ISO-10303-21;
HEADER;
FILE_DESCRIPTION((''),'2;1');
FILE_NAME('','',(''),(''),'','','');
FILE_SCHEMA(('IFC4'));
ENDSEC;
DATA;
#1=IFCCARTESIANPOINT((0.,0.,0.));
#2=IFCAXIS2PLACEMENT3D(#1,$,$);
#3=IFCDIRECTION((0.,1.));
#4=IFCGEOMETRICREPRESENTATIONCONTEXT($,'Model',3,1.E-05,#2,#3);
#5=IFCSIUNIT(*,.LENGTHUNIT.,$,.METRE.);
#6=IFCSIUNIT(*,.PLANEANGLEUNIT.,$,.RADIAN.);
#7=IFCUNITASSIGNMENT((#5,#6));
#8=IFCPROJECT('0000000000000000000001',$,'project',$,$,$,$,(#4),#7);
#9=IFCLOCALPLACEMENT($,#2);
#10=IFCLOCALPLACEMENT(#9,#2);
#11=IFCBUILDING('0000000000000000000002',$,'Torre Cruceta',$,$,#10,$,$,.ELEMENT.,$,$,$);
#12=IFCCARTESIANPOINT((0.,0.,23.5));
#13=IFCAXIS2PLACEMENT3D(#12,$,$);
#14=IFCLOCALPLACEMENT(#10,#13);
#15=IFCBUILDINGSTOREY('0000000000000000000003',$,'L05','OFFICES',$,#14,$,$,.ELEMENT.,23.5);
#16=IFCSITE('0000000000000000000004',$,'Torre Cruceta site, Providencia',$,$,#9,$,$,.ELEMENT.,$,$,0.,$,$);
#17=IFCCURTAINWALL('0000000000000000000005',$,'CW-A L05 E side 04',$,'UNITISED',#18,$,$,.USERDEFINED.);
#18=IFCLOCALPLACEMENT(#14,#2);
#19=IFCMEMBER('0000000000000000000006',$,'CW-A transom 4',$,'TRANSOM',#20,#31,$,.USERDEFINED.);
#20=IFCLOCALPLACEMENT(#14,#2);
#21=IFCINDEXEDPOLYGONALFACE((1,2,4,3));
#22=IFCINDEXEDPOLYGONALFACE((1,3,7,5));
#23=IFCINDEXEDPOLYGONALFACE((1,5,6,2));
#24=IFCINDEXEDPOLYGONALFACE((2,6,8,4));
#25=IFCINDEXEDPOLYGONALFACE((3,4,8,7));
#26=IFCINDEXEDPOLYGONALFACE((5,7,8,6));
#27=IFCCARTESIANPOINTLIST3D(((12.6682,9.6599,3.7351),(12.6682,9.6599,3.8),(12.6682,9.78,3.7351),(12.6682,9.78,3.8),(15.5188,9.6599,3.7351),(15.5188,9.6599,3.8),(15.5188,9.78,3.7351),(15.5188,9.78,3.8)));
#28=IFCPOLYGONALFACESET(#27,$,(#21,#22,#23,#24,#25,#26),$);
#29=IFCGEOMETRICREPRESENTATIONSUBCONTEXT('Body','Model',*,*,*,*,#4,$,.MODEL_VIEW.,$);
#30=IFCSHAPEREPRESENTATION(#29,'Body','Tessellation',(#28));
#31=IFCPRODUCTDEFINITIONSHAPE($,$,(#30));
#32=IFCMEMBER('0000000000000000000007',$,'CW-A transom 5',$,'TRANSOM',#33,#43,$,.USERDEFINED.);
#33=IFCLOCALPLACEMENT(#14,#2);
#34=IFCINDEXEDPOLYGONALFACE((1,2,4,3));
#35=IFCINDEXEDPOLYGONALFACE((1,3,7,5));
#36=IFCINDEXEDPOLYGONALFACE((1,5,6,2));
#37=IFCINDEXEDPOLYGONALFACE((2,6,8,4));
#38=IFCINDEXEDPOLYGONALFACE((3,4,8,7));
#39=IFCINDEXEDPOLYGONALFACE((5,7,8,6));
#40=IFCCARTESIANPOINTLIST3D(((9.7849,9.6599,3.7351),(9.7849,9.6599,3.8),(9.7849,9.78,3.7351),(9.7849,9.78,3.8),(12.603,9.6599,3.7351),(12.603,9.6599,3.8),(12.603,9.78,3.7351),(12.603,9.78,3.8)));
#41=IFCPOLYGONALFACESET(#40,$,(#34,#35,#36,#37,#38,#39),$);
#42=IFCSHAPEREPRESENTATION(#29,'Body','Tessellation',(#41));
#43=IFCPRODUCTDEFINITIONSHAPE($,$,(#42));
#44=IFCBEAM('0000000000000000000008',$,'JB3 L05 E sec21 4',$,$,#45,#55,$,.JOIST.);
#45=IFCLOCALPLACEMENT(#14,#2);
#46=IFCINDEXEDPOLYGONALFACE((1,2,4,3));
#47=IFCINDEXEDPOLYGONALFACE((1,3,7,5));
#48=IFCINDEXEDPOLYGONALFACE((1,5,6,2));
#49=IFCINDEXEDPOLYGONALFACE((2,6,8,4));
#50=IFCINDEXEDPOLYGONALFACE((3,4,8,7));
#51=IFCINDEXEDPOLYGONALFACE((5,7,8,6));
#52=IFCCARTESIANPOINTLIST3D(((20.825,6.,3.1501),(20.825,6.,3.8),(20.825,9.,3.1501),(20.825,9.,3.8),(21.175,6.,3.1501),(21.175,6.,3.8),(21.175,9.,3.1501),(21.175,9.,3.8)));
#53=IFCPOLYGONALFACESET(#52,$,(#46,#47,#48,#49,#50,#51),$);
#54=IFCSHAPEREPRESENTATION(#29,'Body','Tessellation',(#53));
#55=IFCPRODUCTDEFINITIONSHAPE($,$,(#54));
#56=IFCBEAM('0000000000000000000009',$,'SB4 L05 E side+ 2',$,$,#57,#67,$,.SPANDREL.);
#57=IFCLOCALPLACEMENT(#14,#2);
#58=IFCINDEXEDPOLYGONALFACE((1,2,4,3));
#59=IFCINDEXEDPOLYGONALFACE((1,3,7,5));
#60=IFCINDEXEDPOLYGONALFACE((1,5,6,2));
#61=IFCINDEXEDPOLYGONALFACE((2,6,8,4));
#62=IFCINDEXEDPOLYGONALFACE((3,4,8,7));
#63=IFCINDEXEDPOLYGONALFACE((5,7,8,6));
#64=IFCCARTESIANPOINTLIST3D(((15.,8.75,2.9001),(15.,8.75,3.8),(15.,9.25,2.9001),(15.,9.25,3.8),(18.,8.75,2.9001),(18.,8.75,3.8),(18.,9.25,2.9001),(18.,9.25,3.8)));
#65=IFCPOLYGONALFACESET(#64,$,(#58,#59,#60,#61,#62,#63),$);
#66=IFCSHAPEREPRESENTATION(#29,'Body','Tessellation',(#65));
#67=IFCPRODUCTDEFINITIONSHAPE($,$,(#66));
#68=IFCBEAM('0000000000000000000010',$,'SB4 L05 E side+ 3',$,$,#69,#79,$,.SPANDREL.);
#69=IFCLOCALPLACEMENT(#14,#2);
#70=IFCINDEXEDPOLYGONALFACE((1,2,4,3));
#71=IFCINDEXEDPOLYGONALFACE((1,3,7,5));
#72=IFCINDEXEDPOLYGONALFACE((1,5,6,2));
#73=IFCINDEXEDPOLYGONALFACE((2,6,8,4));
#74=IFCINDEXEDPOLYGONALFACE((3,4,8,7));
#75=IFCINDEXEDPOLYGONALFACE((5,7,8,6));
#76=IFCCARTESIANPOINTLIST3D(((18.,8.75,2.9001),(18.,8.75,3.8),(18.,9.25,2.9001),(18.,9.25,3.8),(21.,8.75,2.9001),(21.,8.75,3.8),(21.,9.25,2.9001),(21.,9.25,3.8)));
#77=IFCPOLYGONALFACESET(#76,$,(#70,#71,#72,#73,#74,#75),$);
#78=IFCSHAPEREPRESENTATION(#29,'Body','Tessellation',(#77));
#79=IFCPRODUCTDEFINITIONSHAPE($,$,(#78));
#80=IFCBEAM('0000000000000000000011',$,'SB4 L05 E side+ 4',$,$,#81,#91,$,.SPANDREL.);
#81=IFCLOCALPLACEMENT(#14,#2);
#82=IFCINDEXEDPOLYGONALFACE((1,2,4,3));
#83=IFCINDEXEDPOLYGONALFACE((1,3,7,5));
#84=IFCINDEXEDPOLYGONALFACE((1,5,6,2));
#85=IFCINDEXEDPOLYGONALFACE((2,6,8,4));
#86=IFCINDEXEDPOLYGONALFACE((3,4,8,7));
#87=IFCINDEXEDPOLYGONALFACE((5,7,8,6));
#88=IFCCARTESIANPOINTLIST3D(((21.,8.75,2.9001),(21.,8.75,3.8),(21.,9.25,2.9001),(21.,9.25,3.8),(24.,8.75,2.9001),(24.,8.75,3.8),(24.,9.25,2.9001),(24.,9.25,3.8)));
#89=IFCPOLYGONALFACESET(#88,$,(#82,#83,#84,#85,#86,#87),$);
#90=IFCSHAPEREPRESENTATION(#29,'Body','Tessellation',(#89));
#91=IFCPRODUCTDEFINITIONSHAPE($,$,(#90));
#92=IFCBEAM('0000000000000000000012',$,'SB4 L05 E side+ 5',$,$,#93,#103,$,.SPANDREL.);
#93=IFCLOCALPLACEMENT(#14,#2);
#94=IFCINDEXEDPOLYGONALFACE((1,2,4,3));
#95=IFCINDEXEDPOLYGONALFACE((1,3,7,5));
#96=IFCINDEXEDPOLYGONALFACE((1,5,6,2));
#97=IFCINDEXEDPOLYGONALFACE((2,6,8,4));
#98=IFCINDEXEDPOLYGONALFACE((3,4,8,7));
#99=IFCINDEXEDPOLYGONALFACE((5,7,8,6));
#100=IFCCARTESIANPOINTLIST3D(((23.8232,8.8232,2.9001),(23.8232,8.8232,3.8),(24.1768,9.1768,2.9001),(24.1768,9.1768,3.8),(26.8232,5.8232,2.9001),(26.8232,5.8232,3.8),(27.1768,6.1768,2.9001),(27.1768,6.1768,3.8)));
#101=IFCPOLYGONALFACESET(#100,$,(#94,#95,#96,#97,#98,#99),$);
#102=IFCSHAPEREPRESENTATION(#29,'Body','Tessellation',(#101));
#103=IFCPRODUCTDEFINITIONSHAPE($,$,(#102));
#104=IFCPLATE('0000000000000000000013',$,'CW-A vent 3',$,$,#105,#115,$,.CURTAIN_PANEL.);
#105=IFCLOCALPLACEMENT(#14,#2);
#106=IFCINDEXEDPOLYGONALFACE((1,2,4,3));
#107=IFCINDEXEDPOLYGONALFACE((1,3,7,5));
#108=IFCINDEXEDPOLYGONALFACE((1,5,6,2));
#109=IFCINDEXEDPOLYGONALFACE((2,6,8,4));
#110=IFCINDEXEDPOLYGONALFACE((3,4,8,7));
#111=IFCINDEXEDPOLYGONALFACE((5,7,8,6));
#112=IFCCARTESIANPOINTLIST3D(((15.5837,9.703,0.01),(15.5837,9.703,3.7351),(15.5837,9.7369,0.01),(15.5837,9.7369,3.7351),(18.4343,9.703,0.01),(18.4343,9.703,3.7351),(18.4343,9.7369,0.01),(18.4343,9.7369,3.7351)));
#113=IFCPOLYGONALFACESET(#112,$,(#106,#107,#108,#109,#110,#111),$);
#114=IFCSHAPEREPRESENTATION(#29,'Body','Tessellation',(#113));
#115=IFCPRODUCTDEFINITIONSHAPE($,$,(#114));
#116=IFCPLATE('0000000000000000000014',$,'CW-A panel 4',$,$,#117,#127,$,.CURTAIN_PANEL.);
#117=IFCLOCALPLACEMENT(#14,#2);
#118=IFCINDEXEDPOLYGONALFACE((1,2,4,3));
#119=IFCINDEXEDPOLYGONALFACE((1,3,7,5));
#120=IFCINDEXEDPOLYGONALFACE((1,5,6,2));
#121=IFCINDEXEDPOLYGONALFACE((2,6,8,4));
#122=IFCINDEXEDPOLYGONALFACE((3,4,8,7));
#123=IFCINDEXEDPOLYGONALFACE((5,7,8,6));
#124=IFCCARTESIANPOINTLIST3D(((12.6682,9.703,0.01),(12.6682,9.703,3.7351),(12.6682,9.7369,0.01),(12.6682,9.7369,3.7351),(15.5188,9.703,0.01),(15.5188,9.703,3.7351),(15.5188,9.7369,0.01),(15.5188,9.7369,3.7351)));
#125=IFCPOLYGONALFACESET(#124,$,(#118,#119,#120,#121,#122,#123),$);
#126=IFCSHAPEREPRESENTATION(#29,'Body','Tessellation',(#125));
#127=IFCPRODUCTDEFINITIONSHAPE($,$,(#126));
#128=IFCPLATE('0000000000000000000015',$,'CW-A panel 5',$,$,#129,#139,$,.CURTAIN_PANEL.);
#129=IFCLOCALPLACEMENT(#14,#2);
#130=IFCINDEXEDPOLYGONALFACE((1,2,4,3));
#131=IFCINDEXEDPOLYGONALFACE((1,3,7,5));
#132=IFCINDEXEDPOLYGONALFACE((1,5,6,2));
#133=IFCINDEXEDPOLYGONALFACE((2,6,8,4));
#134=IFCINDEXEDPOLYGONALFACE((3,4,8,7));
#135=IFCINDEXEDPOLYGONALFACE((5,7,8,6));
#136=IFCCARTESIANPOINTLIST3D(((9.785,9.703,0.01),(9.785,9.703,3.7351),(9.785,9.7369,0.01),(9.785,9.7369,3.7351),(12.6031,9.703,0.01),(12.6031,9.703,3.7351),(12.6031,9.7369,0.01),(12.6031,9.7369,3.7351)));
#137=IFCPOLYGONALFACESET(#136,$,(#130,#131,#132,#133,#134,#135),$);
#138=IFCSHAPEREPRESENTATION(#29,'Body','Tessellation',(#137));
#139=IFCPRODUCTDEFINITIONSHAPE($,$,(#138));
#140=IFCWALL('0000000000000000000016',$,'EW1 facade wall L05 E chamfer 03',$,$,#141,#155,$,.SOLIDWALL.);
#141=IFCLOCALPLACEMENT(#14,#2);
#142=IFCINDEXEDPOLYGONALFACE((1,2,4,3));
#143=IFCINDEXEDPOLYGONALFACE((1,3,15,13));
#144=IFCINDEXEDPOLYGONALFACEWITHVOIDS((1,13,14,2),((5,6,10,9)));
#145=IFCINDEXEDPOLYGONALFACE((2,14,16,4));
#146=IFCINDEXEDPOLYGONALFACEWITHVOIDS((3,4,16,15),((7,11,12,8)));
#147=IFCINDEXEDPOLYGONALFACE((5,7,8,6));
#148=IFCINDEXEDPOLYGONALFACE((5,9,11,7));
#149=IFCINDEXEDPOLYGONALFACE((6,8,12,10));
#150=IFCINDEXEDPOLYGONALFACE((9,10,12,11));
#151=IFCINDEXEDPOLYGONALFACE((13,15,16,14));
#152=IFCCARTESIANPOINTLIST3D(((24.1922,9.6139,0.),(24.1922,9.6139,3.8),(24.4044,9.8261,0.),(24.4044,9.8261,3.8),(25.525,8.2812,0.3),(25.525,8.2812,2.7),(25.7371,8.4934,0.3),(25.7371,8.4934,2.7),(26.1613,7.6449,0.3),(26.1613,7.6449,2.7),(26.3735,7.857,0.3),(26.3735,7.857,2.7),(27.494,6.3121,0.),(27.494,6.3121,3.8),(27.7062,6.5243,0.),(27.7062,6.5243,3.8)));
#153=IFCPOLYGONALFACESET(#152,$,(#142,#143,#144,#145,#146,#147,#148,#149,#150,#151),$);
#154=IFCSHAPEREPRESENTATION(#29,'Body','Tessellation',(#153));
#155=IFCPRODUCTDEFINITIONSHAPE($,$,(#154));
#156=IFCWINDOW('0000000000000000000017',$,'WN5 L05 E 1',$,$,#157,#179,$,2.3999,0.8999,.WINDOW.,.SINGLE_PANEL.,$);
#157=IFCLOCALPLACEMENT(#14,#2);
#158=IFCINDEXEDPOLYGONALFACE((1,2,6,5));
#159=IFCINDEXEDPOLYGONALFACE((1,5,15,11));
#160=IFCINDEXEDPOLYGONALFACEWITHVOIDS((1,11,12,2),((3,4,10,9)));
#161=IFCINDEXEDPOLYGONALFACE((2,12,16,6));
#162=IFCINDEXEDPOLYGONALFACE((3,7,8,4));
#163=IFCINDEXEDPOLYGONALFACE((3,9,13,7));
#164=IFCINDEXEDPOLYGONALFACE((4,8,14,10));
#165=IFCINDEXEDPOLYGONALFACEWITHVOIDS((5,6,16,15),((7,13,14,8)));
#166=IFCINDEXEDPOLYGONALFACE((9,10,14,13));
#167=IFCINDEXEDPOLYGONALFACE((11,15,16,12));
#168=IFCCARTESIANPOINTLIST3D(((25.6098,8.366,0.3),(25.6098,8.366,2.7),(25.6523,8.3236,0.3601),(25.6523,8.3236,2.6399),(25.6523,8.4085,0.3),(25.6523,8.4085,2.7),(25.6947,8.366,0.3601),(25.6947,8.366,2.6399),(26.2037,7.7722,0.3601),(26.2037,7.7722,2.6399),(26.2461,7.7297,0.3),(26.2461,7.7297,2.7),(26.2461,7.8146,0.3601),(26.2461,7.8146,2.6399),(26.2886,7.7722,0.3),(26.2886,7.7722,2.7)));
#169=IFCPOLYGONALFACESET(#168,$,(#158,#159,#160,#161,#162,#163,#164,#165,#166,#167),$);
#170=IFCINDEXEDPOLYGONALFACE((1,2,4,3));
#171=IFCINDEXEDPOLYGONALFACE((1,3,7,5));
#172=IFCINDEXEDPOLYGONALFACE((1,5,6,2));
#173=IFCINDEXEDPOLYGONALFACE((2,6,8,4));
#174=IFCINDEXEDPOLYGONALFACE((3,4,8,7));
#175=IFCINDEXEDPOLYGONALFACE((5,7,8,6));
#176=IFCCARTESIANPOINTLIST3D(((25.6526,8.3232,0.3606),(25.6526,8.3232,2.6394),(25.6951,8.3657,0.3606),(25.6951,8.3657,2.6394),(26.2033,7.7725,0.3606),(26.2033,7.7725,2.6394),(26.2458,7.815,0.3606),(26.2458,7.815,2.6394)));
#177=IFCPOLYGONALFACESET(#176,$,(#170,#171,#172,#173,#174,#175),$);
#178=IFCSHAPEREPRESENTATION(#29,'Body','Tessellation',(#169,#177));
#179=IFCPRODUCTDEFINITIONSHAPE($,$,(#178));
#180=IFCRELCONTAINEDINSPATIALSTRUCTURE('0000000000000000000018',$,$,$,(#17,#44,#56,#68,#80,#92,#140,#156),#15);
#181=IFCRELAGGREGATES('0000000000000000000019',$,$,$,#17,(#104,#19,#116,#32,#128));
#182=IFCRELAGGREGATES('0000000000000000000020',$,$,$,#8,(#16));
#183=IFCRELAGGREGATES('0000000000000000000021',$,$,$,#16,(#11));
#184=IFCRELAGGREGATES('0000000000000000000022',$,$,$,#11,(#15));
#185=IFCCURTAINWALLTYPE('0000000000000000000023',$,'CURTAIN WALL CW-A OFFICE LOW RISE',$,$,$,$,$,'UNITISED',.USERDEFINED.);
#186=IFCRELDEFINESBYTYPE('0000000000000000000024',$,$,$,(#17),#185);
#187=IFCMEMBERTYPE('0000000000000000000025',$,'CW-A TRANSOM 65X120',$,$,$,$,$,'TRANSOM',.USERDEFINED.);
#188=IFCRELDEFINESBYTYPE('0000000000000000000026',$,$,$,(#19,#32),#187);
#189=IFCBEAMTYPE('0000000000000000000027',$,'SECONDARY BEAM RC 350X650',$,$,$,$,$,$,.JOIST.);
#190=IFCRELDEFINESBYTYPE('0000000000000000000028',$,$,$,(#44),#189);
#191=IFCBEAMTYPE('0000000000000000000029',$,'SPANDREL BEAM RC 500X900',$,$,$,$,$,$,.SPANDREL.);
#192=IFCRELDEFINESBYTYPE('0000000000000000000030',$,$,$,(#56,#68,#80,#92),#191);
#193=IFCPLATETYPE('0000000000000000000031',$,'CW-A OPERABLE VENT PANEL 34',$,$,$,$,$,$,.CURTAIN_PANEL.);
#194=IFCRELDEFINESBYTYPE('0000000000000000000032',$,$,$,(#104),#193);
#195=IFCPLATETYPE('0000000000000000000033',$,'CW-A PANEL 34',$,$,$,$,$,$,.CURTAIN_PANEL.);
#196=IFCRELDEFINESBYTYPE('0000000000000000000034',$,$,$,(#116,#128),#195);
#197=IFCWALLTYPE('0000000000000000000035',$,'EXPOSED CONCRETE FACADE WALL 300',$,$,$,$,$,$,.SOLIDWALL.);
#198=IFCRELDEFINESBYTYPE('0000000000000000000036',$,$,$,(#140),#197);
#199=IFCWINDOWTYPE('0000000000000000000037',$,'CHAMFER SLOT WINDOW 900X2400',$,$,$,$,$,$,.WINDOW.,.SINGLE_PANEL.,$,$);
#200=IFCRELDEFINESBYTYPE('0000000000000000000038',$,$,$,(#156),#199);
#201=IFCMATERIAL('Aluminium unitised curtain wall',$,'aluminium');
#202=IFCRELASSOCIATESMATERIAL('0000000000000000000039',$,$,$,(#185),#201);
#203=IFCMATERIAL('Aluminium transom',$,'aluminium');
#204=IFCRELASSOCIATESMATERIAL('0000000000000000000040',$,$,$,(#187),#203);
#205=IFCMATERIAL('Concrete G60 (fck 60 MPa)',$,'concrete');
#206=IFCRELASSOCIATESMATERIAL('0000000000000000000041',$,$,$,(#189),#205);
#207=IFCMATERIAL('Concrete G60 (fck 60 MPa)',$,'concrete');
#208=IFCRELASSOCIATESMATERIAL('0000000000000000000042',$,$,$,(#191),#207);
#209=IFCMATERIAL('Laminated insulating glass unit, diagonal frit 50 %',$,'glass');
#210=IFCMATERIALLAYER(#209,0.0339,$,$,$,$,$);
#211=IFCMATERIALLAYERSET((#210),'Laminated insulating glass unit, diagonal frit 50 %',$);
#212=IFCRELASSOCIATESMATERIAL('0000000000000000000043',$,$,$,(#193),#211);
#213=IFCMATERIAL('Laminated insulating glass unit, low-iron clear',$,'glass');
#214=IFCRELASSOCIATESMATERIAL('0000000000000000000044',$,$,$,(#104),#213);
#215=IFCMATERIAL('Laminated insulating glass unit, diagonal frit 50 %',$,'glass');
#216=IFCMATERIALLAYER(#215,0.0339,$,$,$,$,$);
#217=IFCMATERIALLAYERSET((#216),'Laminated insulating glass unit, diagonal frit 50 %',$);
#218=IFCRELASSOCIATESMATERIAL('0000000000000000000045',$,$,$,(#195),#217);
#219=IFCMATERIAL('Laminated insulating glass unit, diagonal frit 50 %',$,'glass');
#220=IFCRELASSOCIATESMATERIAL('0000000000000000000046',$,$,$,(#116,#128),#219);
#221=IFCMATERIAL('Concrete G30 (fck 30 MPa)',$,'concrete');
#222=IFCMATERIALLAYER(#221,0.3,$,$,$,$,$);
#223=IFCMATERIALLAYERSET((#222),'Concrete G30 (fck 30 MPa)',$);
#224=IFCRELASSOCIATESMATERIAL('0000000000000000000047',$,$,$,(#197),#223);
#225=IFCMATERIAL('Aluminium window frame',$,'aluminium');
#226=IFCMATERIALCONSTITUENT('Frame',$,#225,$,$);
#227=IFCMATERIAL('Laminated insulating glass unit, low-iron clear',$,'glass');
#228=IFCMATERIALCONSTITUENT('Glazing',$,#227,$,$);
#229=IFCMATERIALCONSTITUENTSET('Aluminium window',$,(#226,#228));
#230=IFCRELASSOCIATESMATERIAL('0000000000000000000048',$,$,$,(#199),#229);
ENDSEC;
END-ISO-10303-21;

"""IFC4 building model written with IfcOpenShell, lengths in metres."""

from ifc_helpers import new_model, si_unit, direction, frame, frame_2d, origin, origin_2d, place, context, subcontext, project, spatial, rectangle, hollow_rectangle, extrude, material, layer, layer_set, constituent, constituent_set, material_profile, profile_set, type_object, element, fill, aggregate, save


model = new_model("IFC4")

# Units and contexts
model_context = context("Model", 3, precision=1e-05, world=origin(), true_north=direction((0.0, 1.0)))
body_context = subcontext(model_context, "Body", "Model", "MODEL_VIEW")
ifc_project = project(units=[si_unit("LENGTHUNIT", "METRE"), si_unit("PLANEANGLEUNIT", "RADIAN")], contexts=[model_context])

# Site, building, storey
site_placement = place(None, origin())
site = spatial("IfcSite", under=ifc_project, at=site_placement, Name="Torre Cruceta site, Providencia", CompositionType="ELEMENT", RefElevation=0.0)
building_placement = place(site_placement, origin())
building = spatial("IfcBuilding", under=site, at=building_placement, Name="Torre Cruceta", CompositionType="ELEMENT")
storey_placement = place(building_placement, frame((0.0, 0.0, 23.5)))
storey = spatial("IfcBuildingStorey", under=building, at=storey_placement, Name="L05", Description="OFFICES", CompositionType="ELEMENT", Elevation=23.5)

# Curtain wall, members
ifc_material_1 = material(Name="Aluminium unitised curtain wall", Category="aluminium")
curtain_wall_type = type_object("IfcCurtainWallType", Name="CURTAIN WALL CW-A OFFICE LOW RISE", ElementType="UNITISED", PredefinedType="USERDEFINED", material=ifc_material_1)
curtain_wall_placement = place(storey_placement, origin())
curtain_wall = element("IfcCurtainWall", 1, at=curtain_wall_placement, inside=storey, type_object=curtain_wall_type, Name="CW-A L05 E side 04", ObjectType="UNITISED", PredefinedType="USERDEFINED")
ifc_material_2 = material(Name="Aluminium transom", Category="aluminium")
ifc_material_profile_1 = material_profile(ifc_material_2, rectangle(XDim=0.1201, YDim=0.0649, at=origin_2d()), Name="AL 120X65")
ifc_profile_set_1 = profile_set([ifc_material_profile_1], Name="Aluminium transom")
member_type_1 = type_object("IfcMemberType", Name="CW-A TRANSOM 65X120", ElementType="TRANSOM", PredefinedType="USERDEFINED", material=ifc_profile_set_1)
member_1_placement = place(storey_placement, frame((15.5188, 9.72, 3.7676), z_axis=(-1.0, 0.0, 0.0), x_axis=(0.0, -1.0, 0.0)))
member_1 = element("IfcMember", 2, at=member_1_placement, type_object=member_type_1, Name="CW-A transom 4", ObjectType="TRANSOM", PredefinedType="USERDEFINED", context=body_context, shape_type="SweptSolid", body=[
    extrude(rectangle(XDim=0.1201, YDim=0.0649, at=origin_2d()), origin(), (0.0, 0.0, 1.0), 2.8506),
])
member_2_placement = place(storey_placement, frame((12.603, 9.72, 3.7676), z_axis=(-1.0, 0.0, 0.0), x_axis=(0.0, -1.0, 0.0)))
member_2 = element("IfcMember", 3, at=member_2_placement, type_object=member_type_1, Name="CW-A transom 5", ObjectType="TRANSOM", PredefinedType="USERDEFINED", context=body_context, shape_type="SweptSolid", body=[
    extrude(rectangle(XDim=0.1201, YDim=0.0649, at=origin_2d()), origin(), (0.0, 0.0, 1.0), 2.8181),
])

# Beams
ifc_material_3 = material(Name="Concrete G60 (fck 60 MPa)", Category="concrete")
ifc_material_profile_2 = material_profile(ifc_material_3, rectangle(XDim=0.3501, YDim=0.6499, at=origin_2d()), Name="RC 350X650")
ifc_profile_set_2 = profile_set([ifc_material_profile_2], Name="Concrete G60 (fck 60 MPa)")
beam_type_1 = type_object("IfcBeamType", Name="SECONDARY BEAM RC 350X650", PredefinedType="JOIST", material=ifc_profile_set_2)
beam_1_placement = place(storey_placement, frame((21.0, 6.0, 3.4751), z_axis=(0.0, 1.0, 0.0), x_axis=(-1.0, 0.0, 0.0)))
element("IfcBeam", 4, at=beam_1_placement, inside=storey, type_object=beam_type_1, Name="JB3 L05 E sec21 4", PredefinedType="JOIST", context=body_context, shape_type="SweptSolid", body=[
    extrude(rectangle(XDim=0.3501, YDim=0.6499, at=origin_2d()), origin(), (0.0, 0.0, 1.0), 3.0),
])
ifc_material_4 = material(Name="Concrete G60 (fck 60 MPa)", Category="concrete")
ifc_material_profile_3 = material_profile(ifc_material_4, rectangle(XDim=0.5, YDim=0.8999, at=origin_2d()), Name="RC 500X900")
ifc_profile_set_3 = profile_set([ifc_material_profile_3], Name="Concrete G60 (fck 60 MPa)")
beam_type_2 = type_object("IfcBeamType", Name="SPANDREL BEAM RC 500X900", PredefinedType="SPANDREL", material=ifc_profile_set_3)
for number, where, z_axis, x_axis, name in (
    (5, (15.0, 9.0, 3.3501), (1.0, 0.0, 0.0), (0.0, 1.0, 0.0), "SB4 L05 E side+ 2"),
    (6, (18.0, 9.0, 3.3501), (1.0, 0.0, 0.0), (0.0, 1.0, 0.0), "SB4 L05 E side+ 3"),
    (7, (21.0, 9.0, 3.3501), (1.0, 0.0, 0.0), (0.0, 1.0, 0.0), "SB4 L05 E side+ 4"),
):
    element("IfcBeam", number, at=place(storey_placement, frame(where, z_axis=z_axis, x_axis=x_axis)), inside=storey, type_object=beam_type_2, Name=name, PredefinedType="SPANDREL", context=body_context, shape_type="SweptSolid", body=[
        extrude(rectangle(XDim=0.5, YDim=0.8999, at=origin_2d()), origin(), (0.0, 0.0, 1.0), 3.0),
    ])
beam_2_placement = place(storey_placement, frame((24.0, 9.0, 3.3501), z_axis=(0.707107, -0.707107, 0.0), x_axis=(0.707107, 0.707107, 0.0)))
element("IfcBeam", 8, at=beam_2_placement, inside=storey, type_object=beam_type_2, Name="SB4 L05 E side+ 5", PredefinedType="SPANDREL", context=body_context, shape_type="SweptSolid", body=[
    extrude(rectangle(XDim=0.5, YDim=0.8999, at=origin_2d()), origin(), (0.0, 0.0, 1.0), 4.2427),
])

# Plates
ifc_material_5 = material(Name="Laminated insulating glass unit, low-iron clear", Category="glass")
ifc_material_6 = material(Name="Laminated insulating glass unit, diagonal frit 50 %", Category="glass")
ifc_layer_1 = layer(ifc_material_6, 0.0339)
ifc_layer_set_1 = layer_set([ifc_layer_1], Name="Laminated insulating glass unit, diagonal frit 50 %")
plate_type_1 = type_object("IfcPlateType", Name="CW-A OPERABLE VENT PANEL 34", PredefinedType="CURTAIN_PANEL", material=ifc_layer_set_1)
plate_1_placement = place(storey_placement, frame((17.009, 9.72, 0.01), z_axis=(0.0, 0.0, 1.0), x_axis=(-1.0, 0.0, 0.0)))
plate_1 = element("IfcPlate", 9, at=plate_1_placement, type_object=plate_type_1, material=ifc_material_5, Name="CW-A vent 3", PredefinedType="CURTAIN_PANEL", context=body_context, shape_type="SweptSolid", body=[
    extrude(rectangle(XDim=2.8506, YDim=0.0339, at=origin_2d()), origin(), (0.0, 0.0, 1.0), 3.7251),
])
ifc_material_7 = material(Name="Laminated insulating glass unit, diagonal frit 50 %", Category="glass")
ifc_material_8 = material(Name="Laminated insulating glass unit, diagonal frit 50 %", Category="glass")
ifc_layer_2 = layer(ifc_material_8, 0.0339)
ifc_layer_set_2 = layer_set([ifc_layer_2], Name="Laminated insulating glass unit, diagonal frit 50 %")
plate_type_2 = type_object("IfcPlateType", Name="CW-A PANEL 34", PredefinedType="CURTAIN_PANEL", material=ifc_layer_set_2)
plate_2_placement = place(storey_placement, frame((14.0935, 9.72, 0.01), z_axis=(0.0, 0.0, 1.0), x_axis=(-1.0, 0.0, 0.0)))
plate_2 = element("IfcPlate", 10, at=plate_2_placement, type_object=plate_type_2, material=ifc_material_7, Name="CW-A panel 4", PredefinedType="CURTAIN_PANEL", context=body_context, shape_type="SweptSolid", body=[
    extrude(rectangle(XDim=2.8506, YDim=0.0339, at=origin_2d()), origin(), (0.0, 0.0, 1.0), 3.7251),
])
plate_3_placement = place(storey_placement, frame((11.1941, 9.72, 0.01), z_axis=(0.0, 0.0, 1.0), x_axis=(-1.0, 0.0, 0.0)))
plate_3 = element("IfcPlate", 11, at=plate_3_placement, type_object=plate_type_2, material=ifc_material_7, Name="CW-A panel 5", PredefinedType="CURTAIN_PANEL", context=body_context, shape_type="SweptSolid", body=[
    extrude(rectangle(XDim=2.8181, YDim=0.0339, at=origin_2d()), origin(), (0.0, 0.0, 1.0), 3.7251),
])
aggregate(curtain_wall, [plate_1, member_1, plate_2, member_2, plate_3])

# Wall, opening, window
ifc_material_9 = material(Name="Concrete G30 (fck 30 MPa)", Category="concrete")
ifc_layer_3 = layer(ifc_material_9, 0.3)
ifc_layer_set_3 = layer_set([ifc_layer_3], Name="Concrete G30 (fck 30 MPa)")
wall_type_1 = type_object("IfcWallType", Name="EXPOSED CONCRETE FACADE WALL 300", PredefinedType="SOLIDWALL", material=ifc_layer_set_3)
wall_1_placement = place(storey_placement, frame((27.6001, 6.4182, 0.0), z_axis=(0.0, 0.0, 1.0), x_axis=(-0.707107, 0.707107, 0.0)))
wall_1 = element("IfcWall", 12, at=wall_1_placement, inside=storey, type_object=wall_type_1, Name="EW1 facade wall L05 E chamfer 03", PredefinedType="SOLIDWALL", context=body_context, shape_type="SweptSolid", body=[
    extrude(rectangle(XDim=4.6694, YDim=0.3, at=frame_2d((2.3347, 0.0))), origin(), (0.0, 0.0, 1.0), 3.8),
])
opening_1_placement = place(wall_1_placement, frame((1.8848, 0.0, 0.3)))
opening_1 = element("IfcOpeningElement", 13, at=opening_1_placement, cuts=wall_1, PredefinedType="OPENING", context=body_context, shape_type="SweptSolid", body=[
    extrude(rectangle(XDim=0.8999, YDim=2.3999, at=frame_2d((0.45, 1.2))), frame((0.0, 0.1599, 0.0), z_axis=(0.0, -1.0, 0.0), x_axis=(1.0, 0.0, 0.0)), (0.0, 0.0, 1.0), 0.3201),
])
ifc_material_10 = material(Name="Aluminium window frame", Category="aluminium")
ifc_constituent_1 = constituent(ifc_material_10, Name="Frame")
ifc_material_11 = material(Name="Laminated insulating glass unit, low-iron clear", Category="glass")
ifc_constituent_2 = constituent(ifc_material_11, Name="Glazing")
ifc_constituent_set_1 = constituent_set(constituents=[ifc_constituent_1, ifc_constituent_2], Name="Aluminium window")
window_type = type_object("IfcWindowType", Name="CHAMFER SLOT WINDOW 900X2400", PartitioningType="SINGLE_PANEL", PredefinedType="WINDOW", material=ifc_constituent_set_1)
window_placement = place(opening_1_placement, origin())
window = element("IfcWindow", 14, at=window_placement, inside=storey, type_object=window_type, Name="WN5 L05 E 1", OverallHeight=2.3999, OverallWidth=0.8999, PartitioningType="SINGLE_PANEL", PredefinedType="WINDOW", context=body_context, shape_type="SweptSolid", body=[
    extrude(hollow_rectangle(XDim=0.8999, YDim=2.3999, WallThickness=0.0601, at=frame_2d((0.45, 1.2))), frame((0.0, 0.03, 0.0), z_axis=(0.0, -1.0, 0.0), x_axis=(1.0, 0.0, 0.0)), (0.0, 0.0, 1.0), 0.0601),
    extrude(rectangle(XDim=0.7788, YDim=2.2788, at=frame_2d((0.45, 1.2))), frame((0.0, 0.03, 0.0), z_axis=(0.0, -1.0, 0.0), x_axis=(1.0, 0.0, 0.0)), (0.0, 0.0, 1.0), 0.0601),
])
fill(opening_1, window)

save(model, "model.ifc")
